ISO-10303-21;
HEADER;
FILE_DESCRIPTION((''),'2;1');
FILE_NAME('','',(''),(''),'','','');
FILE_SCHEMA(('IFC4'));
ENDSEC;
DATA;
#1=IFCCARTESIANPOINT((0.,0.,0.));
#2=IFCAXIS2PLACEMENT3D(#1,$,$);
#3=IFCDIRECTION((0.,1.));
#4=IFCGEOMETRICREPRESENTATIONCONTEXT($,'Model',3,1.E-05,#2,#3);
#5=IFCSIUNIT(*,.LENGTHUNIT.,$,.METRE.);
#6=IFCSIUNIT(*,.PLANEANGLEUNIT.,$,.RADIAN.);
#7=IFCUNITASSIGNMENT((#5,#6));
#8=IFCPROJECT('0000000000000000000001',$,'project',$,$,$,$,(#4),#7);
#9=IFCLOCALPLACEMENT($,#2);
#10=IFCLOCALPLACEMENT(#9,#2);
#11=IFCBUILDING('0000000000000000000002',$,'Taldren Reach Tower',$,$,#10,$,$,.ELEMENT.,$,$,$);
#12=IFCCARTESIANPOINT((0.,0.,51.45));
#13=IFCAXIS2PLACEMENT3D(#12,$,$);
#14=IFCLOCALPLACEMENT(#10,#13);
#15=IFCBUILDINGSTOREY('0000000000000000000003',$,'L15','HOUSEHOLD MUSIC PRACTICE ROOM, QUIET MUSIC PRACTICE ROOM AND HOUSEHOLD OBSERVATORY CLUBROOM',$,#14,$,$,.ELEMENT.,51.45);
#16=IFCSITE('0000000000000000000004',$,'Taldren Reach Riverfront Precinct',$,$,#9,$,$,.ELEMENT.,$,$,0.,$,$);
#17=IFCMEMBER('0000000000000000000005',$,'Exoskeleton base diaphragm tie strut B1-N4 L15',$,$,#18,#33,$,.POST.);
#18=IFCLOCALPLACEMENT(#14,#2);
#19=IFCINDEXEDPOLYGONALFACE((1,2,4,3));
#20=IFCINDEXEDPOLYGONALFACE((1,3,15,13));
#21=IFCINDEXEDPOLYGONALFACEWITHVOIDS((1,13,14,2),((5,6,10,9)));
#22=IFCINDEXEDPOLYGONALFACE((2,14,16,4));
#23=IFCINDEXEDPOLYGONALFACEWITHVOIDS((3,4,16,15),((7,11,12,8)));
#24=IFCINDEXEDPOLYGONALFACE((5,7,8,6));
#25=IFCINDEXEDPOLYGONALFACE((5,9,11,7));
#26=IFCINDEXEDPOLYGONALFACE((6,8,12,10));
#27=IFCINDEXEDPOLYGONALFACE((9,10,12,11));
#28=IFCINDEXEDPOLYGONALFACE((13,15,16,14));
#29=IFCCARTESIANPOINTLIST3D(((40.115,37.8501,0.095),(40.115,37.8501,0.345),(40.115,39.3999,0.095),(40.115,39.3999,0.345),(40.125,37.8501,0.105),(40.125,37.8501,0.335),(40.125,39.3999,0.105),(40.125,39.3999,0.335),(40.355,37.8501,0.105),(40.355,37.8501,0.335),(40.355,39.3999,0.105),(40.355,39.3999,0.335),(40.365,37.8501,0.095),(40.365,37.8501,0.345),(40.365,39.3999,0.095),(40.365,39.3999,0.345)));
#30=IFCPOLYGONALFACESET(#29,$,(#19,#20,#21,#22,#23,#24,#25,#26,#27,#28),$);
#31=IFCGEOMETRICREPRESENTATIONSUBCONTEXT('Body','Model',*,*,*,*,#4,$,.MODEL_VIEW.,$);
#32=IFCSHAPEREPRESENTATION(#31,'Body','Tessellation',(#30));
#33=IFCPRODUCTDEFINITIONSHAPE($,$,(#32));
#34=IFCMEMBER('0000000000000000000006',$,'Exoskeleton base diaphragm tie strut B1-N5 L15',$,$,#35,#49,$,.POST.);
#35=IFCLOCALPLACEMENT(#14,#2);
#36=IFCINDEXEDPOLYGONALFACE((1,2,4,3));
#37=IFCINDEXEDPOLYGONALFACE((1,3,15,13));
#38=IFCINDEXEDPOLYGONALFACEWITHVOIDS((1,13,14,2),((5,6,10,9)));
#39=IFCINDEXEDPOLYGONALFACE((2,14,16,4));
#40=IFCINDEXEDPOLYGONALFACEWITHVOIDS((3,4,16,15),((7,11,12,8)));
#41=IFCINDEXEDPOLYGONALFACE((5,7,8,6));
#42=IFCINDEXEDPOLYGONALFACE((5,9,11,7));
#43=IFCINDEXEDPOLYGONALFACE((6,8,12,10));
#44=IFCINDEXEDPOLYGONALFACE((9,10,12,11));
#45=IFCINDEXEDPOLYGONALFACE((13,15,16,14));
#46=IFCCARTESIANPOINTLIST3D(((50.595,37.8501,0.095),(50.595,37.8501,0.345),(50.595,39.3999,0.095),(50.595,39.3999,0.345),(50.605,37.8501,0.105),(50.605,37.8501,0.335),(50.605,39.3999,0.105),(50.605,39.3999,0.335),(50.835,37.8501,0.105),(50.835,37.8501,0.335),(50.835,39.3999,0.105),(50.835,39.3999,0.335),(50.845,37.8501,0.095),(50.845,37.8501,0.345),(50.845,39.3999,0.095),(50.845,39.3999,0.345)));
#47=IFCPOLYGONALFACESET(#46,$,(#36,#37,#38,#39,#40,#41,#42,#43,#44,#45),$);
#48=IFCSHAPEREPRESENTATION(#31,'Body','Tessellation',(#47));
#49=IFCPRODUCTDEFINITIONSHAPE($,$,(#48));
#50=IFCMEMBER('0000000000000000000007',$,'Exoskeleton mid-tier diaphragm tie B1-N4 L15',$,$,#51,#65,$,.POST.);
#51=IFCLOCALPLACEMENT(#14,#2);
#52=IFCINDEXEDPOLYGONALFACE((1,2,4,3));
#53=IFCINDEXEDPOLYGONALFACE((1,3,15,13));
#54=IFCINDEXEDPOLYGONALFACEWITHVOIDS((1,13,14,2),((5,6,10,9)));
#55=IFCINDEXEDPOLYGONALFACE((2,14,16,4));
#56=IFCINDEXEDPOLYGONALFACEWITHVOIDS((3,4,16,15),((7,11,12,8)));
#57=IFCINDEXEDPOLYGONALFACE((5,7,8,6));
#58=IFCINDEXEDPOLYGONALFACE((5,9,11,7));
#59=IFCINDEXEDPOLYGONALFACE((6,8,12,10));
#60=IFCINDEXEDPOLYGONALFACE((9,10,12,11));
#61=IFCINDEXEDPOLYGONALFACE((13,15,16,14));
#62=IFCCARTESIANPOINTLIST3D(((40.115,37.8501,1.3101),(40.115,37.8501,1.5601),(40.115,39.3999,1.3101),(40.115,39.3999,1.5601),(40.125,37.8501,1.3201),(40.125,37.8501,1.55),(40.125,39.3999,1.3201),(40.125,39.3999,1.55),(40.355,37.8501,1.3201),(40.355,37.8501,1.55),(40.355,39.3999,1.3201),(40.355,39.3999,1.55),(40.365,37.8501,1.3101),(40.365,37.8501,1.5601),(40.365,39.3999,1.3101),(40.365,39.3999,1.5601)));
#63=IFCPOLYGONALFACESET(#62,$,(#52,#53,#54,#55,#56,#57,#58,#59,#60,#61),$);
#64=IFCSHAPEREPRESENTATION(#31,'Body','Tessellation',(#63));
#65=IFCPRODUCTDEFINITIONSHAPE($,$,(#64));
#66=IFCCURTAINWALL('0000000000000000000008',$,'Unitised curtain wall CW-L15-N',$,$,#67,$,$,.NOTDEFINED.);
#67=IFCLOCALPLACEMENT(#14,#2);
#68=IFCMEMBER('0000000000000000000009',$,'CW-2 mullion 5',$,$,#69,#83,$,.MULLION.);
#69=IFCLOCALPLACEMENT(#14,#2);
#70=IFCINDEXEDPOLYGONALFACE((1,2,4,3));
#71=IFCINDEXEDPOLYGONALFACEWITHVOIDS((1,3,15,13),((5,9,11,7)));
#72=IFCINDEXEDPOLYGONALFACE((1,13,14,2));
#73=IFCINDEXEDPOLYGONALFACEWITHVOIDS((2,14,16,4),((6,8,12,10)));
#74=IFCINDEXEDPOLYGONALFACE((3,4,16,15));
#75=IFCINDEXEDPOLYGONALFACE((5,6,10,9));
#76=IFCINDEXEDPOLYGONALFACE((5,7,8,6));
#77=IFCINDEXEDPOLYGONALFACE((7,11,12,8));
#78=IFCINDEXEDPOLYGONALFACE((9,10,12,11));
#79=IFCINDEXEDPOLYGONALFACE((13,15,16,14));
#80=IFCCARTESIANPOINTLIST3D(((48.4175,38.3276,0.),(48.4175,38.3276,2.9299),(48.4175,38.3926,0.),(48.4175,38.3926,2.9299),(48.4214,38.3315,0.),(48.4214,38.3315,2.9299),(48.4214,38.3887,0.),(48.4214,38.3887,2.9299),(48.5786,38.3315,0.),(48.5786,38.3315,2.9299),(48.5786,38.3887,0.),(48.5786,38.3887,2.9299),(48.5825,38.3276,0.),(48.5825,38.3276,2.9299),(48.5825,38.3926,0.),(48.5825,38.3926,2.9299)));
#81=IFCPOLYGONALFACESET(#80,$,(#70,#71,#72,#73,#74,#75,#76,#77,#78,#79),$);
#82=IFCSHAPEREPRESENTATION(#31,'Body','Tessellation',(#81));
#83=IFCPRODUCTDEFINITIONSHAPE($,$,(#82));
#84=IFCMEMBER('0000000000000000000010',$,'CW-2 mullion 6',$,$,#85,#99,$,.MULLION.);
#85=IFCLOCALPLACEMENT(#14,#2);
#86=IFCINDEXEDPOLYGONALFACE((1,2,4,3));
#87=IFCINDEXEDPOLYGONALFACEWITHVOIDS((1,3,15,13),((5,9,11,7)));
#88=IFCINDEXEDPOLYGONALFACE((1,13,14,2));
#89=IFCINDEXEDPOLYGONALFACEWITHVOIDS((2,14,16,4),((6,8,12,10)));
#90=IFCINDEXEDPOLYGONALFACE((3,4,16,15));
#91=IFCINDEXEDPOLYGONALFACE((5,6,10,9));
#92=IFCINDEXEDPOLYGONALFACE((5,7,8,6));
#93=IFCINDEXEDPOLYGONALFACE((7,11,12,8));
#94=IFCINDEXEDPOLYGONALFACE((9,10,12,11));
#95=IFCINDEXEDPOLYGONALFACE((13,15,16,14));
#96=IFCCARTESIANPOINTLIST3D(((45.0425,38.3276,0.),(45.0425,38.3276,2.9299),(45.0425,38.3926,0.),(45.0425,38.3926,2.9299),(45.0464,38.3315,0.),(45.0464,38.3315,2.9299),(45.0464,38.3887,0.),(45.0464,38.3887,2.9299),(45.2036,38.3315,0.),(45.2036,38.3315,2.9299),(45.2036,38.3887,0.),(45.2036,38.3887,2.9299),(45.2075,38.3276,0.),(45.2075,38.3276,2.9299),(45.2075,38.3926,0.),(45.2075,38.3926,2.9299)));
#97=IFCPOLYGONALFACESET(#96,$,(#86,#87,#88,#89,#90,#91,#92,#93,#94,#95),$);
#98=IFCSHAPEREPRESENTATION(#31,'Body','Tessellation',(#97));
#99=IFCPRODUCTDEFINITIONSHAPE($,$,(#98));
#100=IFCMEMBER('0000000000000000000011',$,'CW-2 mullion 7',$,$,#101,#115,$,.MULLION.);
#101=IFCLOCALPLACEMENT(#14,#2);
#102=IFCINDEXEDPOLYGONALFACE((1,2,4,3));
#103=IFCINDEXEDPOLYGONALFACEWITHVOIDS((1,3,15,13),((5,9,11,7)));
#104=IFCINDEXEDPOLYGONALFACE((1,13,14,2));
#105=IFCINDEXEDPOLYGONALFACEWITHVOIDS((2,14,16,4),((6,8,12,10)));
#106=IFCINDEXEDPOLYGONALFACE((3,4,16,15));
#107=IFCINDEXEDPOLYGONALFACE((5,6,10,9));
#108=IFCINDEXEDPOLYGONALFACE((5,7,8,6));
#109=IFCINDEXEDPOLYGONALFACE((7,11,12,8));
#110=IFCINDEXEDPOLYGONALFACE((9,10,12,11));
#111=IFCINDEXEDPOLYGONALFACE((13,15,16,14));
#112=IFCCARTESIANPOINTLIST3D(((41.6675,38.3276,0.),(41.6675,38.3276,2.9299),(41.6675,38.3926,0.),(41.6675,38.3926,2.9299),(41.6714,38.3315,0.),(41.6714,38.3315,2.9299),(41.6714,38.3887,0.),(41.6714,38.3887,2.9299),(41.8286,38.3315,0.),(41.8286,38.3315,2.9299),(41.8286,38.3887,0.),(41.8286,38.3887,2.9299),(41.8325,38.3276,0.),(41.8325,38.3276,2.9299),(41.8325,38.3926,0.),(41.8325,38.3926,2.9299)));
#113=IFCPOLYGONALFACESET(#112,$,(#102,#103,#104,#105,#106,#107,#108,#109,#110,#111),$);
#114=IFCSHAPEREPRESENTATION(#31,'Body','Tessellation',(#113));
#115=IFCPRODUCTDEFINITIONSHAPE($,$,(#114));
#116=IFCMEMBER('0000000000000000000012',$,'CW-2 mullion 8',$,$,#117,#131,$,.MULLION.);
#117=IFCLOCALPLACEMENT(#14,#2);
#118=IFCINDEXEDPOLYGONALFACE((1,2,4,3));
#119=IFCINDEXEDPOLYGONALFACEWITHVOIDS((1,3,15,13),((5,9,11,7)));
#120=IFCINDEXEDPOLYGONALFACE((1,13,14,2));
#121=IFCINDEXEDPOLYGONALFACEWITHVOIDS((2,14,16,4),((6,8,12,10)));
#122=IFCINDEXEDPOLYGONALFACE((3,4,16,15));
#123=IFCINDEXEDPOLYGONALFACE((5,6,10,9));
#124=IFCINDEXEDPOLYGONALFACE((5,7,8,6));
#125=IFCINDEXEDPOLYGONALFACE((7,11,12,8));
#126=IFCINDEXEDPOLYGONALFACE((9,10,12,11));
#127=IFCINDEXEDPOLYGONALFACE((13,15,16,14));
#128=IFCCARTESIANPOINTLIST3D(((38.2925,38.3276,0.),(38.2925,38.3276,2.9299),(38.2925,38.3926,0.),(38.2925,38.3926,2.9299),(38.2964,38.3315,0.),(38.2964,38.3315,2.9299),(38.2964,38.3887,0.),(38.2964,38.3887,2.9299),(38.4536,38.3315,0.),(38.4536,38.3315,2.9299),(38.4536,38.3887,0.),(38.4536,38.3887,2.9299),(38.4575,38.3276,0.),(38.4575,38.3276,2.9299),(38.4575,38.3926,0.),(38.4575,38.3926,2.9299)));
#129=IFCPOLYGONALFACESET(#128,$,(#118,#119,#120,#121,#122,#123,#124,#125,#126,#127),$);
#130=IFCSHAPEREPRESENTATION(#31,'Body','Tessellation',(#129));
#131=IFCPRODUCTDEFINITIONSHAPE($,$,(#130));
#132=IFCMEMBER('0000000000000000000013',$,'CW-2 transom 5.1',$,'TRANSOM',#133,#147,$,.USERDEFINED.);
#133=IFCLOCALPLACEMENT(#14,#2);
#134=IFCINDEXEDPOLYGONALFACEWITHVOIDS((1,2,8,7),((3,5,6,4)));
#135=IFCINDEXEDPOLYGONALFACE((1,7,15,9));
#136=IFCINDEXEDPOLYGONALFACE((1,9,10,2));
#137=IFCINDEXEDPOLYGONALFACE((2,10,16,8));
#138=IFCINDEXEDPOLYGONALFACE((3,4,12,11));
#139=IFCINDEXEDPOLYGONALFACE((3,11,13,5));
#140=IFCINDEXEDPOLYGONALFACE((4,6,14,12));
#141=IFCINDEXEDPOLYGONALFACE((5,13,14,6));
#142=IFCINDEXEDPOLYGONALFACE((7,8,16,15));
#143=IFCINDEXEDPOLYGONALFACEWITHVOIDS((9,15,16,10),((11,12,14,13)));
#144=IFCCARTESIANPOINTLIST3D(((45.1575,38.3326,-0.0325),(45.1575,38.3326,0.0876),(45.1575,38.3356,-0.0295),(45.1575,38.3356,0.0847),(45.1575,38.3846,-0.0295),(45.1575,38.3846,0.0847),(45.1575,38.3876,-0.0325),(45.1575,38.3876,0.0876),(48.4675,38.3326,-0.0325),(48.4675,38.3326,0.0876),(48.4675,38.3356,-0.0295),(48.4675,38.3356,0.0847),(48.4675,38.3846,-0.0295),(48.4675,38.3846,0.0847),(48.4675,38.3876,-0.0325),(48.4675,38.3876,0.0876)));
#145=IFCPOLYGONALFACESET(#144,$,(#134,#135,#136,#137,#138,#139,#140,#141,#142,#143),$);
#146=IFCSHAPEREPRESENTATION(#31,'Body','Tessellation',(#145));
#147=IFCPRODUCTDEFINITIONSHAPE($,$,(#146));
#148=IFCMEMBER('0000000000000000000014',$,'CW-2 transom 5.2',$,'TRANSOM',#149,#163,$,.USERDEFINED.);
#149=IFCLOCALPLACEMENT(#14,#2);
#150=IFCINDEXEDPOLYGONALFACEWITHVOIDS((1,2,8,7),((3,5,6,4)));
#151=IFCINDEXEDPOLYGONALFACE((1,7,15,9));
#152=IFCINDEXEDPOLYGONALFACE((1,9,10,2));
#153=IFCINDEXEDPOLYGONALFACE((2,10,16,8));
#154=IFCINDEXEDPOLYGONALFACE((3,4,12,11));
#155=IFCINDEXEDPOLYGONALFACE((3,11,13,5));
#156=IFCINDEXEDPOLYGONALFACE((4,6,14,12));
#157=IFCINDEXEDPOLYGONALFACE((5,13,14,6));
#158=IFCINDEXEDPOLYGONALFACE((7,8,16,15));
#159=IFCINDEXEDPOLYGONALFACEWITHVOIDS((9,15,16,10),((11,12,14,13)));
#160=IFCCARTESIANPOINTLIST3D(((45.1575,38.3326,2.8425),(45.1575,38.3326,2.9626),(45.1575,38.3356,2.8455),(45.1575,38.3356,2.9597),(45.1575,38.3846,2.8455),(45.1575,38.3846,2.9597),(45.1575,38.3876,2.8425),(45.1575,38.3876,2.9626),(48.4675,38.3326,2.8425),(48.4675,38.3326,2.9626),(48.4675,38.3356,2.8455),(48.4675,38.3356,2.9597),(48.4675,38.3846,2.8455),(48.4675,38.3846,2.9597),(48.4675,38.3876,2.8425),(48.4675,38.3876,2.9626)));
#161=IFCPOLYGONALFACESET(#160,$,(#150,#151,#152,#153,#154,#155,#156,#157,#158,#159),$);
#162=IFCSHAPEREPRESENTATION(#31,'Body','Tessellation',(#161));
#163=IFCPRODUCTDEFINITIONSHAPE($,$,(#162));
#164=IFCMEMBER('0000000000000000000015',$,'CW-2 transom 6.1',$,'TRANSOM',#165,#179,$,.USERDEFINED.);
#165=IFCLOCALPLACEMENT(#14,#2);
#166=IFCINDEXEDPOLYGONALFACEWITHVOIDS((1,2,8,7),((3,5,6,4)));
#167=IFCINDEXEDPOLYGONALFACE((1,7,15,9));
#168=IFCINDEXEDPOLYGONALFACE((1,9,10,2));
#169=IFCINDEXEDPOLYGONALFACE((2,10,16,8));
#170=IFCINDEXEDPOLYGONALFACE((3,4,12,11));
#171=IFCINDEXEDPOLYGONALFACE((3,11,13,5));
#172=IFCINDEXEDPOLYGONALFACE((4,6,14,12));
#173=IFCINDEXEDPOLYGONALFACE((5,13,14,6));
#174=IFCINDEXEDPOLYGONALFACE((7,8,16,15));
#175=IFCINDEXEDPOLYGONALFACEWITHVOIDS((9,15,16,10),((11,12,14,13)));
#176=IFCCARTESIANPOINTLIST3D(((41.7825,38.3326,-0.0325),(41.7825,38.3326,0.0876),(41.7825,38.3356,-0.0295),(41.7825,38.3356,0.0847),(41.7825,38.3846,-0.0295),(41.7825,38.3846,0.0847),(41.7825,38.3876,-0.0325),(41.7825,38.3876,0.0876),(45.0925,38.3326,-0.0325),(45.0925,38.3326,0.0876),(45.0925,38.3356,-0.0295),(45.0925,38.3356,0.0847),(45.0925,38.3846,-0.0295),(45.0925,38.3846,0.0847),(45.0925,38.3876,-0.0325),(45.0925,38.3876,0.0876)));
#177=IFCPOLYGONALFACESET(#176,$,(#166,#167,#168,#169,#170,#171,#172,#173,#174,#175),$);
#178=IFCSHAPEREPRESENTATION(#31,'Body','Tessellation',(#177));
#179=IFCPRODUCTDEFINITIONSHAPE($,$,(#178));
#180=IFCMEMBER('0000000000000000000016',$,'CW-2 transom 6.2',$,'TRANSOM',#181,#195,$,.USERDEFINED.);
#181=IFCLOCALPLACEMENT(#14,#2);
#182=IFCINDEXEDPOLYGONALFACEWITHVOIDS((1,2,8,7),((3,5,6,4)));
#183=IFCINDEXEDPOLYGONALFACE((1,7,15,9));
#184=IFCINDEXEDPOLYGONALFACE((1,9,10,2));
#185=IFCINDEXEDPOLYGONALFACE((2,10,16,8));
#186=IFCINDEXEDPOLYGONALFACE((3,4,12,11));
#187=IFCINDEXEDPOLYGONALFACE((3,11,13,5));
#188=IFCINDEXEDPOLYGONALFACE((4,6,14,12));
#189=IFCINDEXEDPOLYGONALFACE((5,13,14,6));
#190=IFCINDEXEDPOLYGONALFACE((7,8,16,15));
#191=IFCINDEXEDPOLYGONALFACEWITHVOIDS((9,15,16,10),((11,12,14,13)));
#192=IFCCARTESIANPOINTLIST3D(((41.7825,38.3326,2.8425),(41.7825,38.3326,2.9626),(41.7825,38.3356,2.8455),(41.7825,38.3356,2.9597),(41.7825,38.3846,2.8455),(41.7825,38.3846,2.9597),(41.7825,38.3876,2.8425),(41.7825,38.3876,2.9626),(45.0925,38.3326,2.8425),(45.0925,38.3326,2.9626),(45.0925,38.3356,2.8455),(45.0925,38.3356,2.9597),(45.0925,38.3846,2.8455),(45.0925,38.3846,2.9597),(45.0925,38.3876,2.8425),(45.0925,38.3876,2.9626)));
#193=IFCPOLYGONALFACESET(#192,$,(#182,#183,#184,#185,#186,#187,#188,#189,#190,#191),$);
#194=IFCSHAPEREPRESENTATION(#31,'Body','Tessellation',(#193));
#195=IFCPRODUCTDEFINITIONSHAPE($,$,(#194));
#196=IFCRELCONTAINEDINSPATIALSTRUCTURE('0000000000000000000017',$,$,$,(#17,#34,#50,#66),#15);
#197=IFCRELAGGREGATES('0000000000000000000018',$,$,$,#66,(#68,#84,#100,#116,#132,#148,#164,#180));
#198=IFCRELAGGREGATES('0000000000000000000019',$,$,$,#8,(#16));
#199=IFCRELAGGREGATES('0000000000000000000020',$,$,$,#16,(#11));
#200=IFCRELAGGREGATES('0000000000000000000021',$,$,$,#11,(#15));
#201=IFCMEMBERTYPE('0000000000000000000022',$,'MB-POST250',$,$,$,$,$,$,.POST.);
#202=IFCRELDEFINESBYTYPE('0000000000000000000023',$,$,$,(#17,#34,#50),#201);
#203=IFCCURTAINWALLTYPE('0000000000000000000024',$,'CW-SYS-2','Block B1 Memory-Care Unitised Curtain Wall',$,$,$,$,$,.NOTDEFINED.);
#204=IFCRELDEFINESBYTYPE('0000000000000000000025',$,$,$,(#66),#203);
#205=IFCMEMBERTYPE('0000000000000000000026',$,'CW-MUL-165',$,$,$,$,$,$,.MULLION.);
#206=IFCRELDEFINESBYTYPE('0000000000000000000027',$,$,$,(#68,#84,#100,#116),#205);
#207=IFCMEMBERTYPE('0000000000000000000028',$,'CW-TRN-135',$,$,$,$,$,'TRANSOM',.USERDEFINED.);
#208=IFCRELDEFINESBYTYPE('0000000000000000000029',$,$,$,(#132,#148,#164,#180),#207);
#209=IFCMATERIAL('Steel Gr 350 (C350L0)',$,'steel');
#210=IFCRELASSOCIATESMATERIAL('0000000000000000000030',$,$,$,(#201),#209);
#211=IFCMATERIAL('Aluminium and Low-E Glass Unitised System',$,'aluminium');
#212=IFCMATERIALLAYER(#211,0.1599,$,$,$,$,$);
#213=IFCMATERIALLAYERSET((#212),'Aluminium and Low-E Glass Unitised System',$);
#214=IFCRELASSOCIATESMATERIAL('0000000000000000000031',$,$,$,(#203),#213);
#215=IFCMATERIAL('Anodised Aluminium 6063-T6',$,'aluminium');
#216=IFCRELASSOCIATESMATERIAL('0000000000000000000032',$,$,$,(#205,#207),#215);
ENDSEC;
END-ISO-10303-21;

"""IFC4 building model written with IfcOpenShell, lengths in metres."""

from ifc_helpers import new_model, si_unit, direction, frame, origin, origin_2d, place, context, subcontext, project, spatial, hollow_rectangle, extrude, source, transform, mapped, material, layer, layer_set, material_profile, profile_set, type_object, element, aggregate, save


model = new_model("IFC4")

# Units and contexts
model_context = context("Model", 3, precision=1e-05, world=origin(), true_north=direction((0.0, 1.0)))
body_context = subcontext(model_context, "Body", "Model", "MODEL_VIEW")
ifc_project = project(units=[si_unit("LENGTHUNIT", "METRE"), si_unit("PLANEANGLEUNIT", "RADIAN")], contexts=[model_context])

# Site, building, storey
site_placement = place(None, origin())
site = spatial("IfcSite", under=ifc_project, at=site_placement, Name="Taldren Reach Riverfront Precinct", CompositionType="ELEMENT", RefElevation=0.0)
building_placement = place(site_placement, origin())
building = spatial("IfcBuilding", under=site, at=building_placement, Name="Taldren Reach Tower", CompositionType="ELEMENT")
storey_placement = place(building_placement, frame((0.0, 0.0, 51.45)))
storey = spatial("IfcBuildingStorey", under=building, at=storey_placement, Name="L15", Description="HOUSEHOLD MUSIC PRACTICE ROOM, QUIET MUSIC PRACTICE ROOM AND HOUSEHOLD OBSERVATORY CLUBROOM", CompositionType="ELEMENT", Elevation=51.45)

# Members
ifc_material_1 = material(Name="Steel Gr 350 (C350L0)", Category="steel")
ifc_material_profile_1 = material_profile(ifc_material_1, hollow_rectangle(XDim=0.25, YDim=0.25, WallThickness=0.01, at=origin_2d()), Name="250x250x10.0SHS")
ifc_profile_set_1 = profile_set([ifc_material_profile_1], Name="Steel Gr 350 (C350L0)")
member_type_1 = type_object("IfcMemberType", Name="MB-POST250", PredefinedType="POST", material=ifc_profile_set_1)
shared_shape_1 = source(origin(), body_context, "Body", "SweptSolid", [
    extrude(hollow_rectangle(XDim=0.25, YDim=0.25, WallThickness=0.01, at=origin_2d()), origin(), (0.0, 0.0, 1.0), 1.5498),
])
for number, where, z_axis, x_axis, name in (
    (1, (40.24, 37.8501, 0.22), (0.0, 1.0, 0.0), (-1.0, 0.0, 0.0), "Exoskeleton base diaphragm tie strut B1-N4 L15"),
    (2, (50.72, 37.8501, 0.22), (0.0, 1.0, 0.0), (-1.0, 0.0, 0.0), "Exoskeleton base diaphragm tie strut B1-N5 L15"),
    (3, (40.24, 37.8501, 1.4351), (0.0, 1.0, 0.0), (-1.0, 0.0, 0.0), "Exoskeleton mid-tier diaphragm tie B1-N4 L15"),
):
    element("IfcMember", number, at=place(storey_placement, frame(where, z_axis=z_axis, x_axis=x_axis)), inside=storey, type_object=member_type_1, Name=name, PredefinedType="POST", context=body_context, shape_type="MappedRepresentation", body=[
        mapped(shared_shape_1, transform((0.0, 0.0, 0.0), scale=1.0)),
    ])

# Curtain wall, members
ifc_material_2 = material(Name="Aluminium and Low-E Glass Unitised System", Category="aluminium")
ifc_layer_1 = layer(ifc_material_2, 0.1599)
ifc_layer_set_1 = layer_set([ifc_layer_1], Name="Aluminium and Low-E Glass Unitised System")
curtain_wall_type = type_object("IfcCurtainWallType", Name="CW-SYS-2", Description="Block B1 Memory-Care Unitised Curtain Wall", PredefinedType="NOTDEFINED", material=ifc_layer_set_1)
curtain_wall_placement = place(storey_placement, origin())
curtain_wall = element("IfcCurtainWall", 4, at=curtain_wall_placement, inside=storey, type_object=curtain_wall_type, Name="Unitised curtain wall CW-L15-N", PredefinedType="NOTDEFINED")
ifc_material_3 = material(Name="Anodised Aluminium 6063-T6", Category="aluminium")
ifc_material_profile_2 = material_profile(ifc_material_3, hollow_rectangle(XDim=0.0649, YDim=0.165, WallThickness=0.0039, at=origin_2d()), Name="ALU-165x65x4RHS")
ifc_profile_set_2 = profile_set([ifc_material_profile_2], Name="Anodised Aluminium 6063-T6")
member_type_2 = type_object("IfcMemberType", Name="CW-MUL-165", PredefinedType="MULLION", material=ifc_profile_set_2)
shared_shape_2 = source(origin(), body_context, "Body", "SweptSolid", [
    extrude(hollow_rectangle(XDim=0.0649, YDim=0.165, WallThickness=0.0039, at=origin_2d()), origin(), (0.0, 0.0, 1.0), 2.9299),
])
member_1_placement = place(storey_placement, frame((48.5, 38.3601, 0.0), z_axis=(0.0, 0.0, 1.0), x_axis=(0.0, -1.0, 0.0)))
member_1 = element("IfcMember", 5, at=member_1_placement, type_object=member_type_2, Name="CW-2 mullion 5", PredefinedType="MULLION", context=body_context, shape_type="MappedRepresentation", body=[
    mapped(shared_shape_2, transform((0.0, 0.0, 0.0), scale=1.0)),
])
member_2_placement = place(storey_placement, frame((45.125, 38.3601, 0.0), z_axis=(0.0, 0.0, 1.0), x_axis=(0.0, -1.0, 0.0)))
member_2 = element("IfcMember", 6, at=member_2_placement, type_object=member_type_2, Name="CW-2 mullion 6", PredefinedType="MULLION", context=body_context, shape_type="MappedRepresentation", body=[
    mapped(shared_shape_2, transform((0.0, 0.0, 0.0), scale=1.0)),
])
member_3_placement = place(storey_placement, frame((41.75, 38.3601, 0.0), z_axis=(0.0, 0.0, 1.0), x_axis=(0.0, -1.0, 0.0)))
member_3 = element("IfcMember", 7, at=member_3_placement, type_object=member_type_2, Name="CW-2 mullion 7", PredefinedType="MULLION", context=body_context, shape_type="MappedRepresentation", body=[
    mapped(shared_shape_2, transform((0.0, 0.0, 0.0), scale=1.0)),
])
member_4_placement = place(storey_placement, frame((38.375, 38.3601, 0.0), z_axis=(0.0, 0.0, 1.0), x_axis=(0.0, -1.0, 0.0)))
member_4 = element("IfcMember", 8, at=member_4_placement, type_object=member_type_2, Name="CW-2 mullion 8", PredefinedType="MULLION", context=body_context, shape_type="MappedRepresentation", body=[
    mapped(shared_shape_2, transform((0.0, 0.0, 0.0), scale=1.0)),
])
ifc_material_profile_3 = material_profile(ifc_material_3, hollow_rectangle(XDim=0.0549, YDim=0.1201, WallThickness=0.0029, at=origin_2d()), Name="ALU-120x55x3RHS")
ifc_profile_set_3 = profile_set([ifc_material_profile_3], Name="Anodised Aluminium 6063-T6")
member_type_3 = type_object("IfcMemberType", Name="CW-TRN-135", ElementType="TRANSOM", PredefinedType="USERDEFINED", material=ifc_profile_set_3)
shared_shape_3 = source(origin(), body_context, "Body", "SweptSolid", [
    extrude(hollow_rectangle(XDim=0.0549, YDim=0.1201, WallThickness=0.0029, at=origin_2d()), origin(), (0.0, 0.0, 1.0), 3.3101),
])
member_5_placement = place(storey_placement, frame((48.4675, 38.3601, 0.0276), z_axis=(-1.0, 0.0, 0.0), x_axis=(0.0, -1.0, 0.0)))
member_5 = element("IfcMember", 9, at=member_5_placement, type_object=member_type_3, Name="CW-2 transom 5.1", ObjectType="TRANSOM", PredefinedType="USERDEFINED", context=body_context, shape_type="MappedRepresentation", body=[
    mapped(shared_shape_3, transform((0.0, 0.0, 0.0), scale=1.0)),
])
member_6_placement = place(storey_placement, frame((48.4675, 38.3601, 2.9026), z_axis=(-1.0, 0.0, 0.0), x_axis=(0.0, -1.0, 0.0)))
member_6 = element("IfcMember", 10, at=member_6_placement, type_object=member_type_3, Name="CW-2 transom 5.2", ObjectType="TRANSOM", PredefinedType="USERDEFINED", context=body_context, shape_type="MappedRepresentation", body=[
    mapped(shared_shape_3, transform((0.0, 0.0, 0.0), scale=1.0)),
])
member_7_placement = place(storey_placement, frame((45.0925, 38.3601, 0.0276), z_axis=(-1.0, 0.0, 0.0), x_axis=(0.0, -1.0, 0.0)))
member_7 = element("IfcMember", 11, at=member_7_placement, type_object=member_type_3, Name="CW-2 transom 6.1", ObjectType="TRANSOM", PredefinedType="USERDEFINED", context=body_context, shape_type="MappedRepresentation", body=[
    mapped(shared_shape_3, transform((0.0, 0.0, 0.0), scale=1.0)),
])
member_8_placement = place(storey_placement, frame((45.0925, 38.3601, 2.9026), z_axis=(-1.0, 0.0, 0.0), x_axis=(0.0, -1.0, 0.0)))
member_8 = element("IfcMember", 12, at=member_8_placement, type_object=member_type_3, Name="CW-2 transom 6.2", ObjectType="TRANSOM", PredefinedType="USERDEFINED", context=body_context, shape_type="MappedRepresentation", body=[
    mapped(shared_shape_3, transform((0.0, 0.0, 0.0), scale=1.0)),
])

aggregate(curtain_wall, [member_1, member_2, member_3, member_4, member_5, member_6, member_7, member_8])

save(model, "model.ifc")
